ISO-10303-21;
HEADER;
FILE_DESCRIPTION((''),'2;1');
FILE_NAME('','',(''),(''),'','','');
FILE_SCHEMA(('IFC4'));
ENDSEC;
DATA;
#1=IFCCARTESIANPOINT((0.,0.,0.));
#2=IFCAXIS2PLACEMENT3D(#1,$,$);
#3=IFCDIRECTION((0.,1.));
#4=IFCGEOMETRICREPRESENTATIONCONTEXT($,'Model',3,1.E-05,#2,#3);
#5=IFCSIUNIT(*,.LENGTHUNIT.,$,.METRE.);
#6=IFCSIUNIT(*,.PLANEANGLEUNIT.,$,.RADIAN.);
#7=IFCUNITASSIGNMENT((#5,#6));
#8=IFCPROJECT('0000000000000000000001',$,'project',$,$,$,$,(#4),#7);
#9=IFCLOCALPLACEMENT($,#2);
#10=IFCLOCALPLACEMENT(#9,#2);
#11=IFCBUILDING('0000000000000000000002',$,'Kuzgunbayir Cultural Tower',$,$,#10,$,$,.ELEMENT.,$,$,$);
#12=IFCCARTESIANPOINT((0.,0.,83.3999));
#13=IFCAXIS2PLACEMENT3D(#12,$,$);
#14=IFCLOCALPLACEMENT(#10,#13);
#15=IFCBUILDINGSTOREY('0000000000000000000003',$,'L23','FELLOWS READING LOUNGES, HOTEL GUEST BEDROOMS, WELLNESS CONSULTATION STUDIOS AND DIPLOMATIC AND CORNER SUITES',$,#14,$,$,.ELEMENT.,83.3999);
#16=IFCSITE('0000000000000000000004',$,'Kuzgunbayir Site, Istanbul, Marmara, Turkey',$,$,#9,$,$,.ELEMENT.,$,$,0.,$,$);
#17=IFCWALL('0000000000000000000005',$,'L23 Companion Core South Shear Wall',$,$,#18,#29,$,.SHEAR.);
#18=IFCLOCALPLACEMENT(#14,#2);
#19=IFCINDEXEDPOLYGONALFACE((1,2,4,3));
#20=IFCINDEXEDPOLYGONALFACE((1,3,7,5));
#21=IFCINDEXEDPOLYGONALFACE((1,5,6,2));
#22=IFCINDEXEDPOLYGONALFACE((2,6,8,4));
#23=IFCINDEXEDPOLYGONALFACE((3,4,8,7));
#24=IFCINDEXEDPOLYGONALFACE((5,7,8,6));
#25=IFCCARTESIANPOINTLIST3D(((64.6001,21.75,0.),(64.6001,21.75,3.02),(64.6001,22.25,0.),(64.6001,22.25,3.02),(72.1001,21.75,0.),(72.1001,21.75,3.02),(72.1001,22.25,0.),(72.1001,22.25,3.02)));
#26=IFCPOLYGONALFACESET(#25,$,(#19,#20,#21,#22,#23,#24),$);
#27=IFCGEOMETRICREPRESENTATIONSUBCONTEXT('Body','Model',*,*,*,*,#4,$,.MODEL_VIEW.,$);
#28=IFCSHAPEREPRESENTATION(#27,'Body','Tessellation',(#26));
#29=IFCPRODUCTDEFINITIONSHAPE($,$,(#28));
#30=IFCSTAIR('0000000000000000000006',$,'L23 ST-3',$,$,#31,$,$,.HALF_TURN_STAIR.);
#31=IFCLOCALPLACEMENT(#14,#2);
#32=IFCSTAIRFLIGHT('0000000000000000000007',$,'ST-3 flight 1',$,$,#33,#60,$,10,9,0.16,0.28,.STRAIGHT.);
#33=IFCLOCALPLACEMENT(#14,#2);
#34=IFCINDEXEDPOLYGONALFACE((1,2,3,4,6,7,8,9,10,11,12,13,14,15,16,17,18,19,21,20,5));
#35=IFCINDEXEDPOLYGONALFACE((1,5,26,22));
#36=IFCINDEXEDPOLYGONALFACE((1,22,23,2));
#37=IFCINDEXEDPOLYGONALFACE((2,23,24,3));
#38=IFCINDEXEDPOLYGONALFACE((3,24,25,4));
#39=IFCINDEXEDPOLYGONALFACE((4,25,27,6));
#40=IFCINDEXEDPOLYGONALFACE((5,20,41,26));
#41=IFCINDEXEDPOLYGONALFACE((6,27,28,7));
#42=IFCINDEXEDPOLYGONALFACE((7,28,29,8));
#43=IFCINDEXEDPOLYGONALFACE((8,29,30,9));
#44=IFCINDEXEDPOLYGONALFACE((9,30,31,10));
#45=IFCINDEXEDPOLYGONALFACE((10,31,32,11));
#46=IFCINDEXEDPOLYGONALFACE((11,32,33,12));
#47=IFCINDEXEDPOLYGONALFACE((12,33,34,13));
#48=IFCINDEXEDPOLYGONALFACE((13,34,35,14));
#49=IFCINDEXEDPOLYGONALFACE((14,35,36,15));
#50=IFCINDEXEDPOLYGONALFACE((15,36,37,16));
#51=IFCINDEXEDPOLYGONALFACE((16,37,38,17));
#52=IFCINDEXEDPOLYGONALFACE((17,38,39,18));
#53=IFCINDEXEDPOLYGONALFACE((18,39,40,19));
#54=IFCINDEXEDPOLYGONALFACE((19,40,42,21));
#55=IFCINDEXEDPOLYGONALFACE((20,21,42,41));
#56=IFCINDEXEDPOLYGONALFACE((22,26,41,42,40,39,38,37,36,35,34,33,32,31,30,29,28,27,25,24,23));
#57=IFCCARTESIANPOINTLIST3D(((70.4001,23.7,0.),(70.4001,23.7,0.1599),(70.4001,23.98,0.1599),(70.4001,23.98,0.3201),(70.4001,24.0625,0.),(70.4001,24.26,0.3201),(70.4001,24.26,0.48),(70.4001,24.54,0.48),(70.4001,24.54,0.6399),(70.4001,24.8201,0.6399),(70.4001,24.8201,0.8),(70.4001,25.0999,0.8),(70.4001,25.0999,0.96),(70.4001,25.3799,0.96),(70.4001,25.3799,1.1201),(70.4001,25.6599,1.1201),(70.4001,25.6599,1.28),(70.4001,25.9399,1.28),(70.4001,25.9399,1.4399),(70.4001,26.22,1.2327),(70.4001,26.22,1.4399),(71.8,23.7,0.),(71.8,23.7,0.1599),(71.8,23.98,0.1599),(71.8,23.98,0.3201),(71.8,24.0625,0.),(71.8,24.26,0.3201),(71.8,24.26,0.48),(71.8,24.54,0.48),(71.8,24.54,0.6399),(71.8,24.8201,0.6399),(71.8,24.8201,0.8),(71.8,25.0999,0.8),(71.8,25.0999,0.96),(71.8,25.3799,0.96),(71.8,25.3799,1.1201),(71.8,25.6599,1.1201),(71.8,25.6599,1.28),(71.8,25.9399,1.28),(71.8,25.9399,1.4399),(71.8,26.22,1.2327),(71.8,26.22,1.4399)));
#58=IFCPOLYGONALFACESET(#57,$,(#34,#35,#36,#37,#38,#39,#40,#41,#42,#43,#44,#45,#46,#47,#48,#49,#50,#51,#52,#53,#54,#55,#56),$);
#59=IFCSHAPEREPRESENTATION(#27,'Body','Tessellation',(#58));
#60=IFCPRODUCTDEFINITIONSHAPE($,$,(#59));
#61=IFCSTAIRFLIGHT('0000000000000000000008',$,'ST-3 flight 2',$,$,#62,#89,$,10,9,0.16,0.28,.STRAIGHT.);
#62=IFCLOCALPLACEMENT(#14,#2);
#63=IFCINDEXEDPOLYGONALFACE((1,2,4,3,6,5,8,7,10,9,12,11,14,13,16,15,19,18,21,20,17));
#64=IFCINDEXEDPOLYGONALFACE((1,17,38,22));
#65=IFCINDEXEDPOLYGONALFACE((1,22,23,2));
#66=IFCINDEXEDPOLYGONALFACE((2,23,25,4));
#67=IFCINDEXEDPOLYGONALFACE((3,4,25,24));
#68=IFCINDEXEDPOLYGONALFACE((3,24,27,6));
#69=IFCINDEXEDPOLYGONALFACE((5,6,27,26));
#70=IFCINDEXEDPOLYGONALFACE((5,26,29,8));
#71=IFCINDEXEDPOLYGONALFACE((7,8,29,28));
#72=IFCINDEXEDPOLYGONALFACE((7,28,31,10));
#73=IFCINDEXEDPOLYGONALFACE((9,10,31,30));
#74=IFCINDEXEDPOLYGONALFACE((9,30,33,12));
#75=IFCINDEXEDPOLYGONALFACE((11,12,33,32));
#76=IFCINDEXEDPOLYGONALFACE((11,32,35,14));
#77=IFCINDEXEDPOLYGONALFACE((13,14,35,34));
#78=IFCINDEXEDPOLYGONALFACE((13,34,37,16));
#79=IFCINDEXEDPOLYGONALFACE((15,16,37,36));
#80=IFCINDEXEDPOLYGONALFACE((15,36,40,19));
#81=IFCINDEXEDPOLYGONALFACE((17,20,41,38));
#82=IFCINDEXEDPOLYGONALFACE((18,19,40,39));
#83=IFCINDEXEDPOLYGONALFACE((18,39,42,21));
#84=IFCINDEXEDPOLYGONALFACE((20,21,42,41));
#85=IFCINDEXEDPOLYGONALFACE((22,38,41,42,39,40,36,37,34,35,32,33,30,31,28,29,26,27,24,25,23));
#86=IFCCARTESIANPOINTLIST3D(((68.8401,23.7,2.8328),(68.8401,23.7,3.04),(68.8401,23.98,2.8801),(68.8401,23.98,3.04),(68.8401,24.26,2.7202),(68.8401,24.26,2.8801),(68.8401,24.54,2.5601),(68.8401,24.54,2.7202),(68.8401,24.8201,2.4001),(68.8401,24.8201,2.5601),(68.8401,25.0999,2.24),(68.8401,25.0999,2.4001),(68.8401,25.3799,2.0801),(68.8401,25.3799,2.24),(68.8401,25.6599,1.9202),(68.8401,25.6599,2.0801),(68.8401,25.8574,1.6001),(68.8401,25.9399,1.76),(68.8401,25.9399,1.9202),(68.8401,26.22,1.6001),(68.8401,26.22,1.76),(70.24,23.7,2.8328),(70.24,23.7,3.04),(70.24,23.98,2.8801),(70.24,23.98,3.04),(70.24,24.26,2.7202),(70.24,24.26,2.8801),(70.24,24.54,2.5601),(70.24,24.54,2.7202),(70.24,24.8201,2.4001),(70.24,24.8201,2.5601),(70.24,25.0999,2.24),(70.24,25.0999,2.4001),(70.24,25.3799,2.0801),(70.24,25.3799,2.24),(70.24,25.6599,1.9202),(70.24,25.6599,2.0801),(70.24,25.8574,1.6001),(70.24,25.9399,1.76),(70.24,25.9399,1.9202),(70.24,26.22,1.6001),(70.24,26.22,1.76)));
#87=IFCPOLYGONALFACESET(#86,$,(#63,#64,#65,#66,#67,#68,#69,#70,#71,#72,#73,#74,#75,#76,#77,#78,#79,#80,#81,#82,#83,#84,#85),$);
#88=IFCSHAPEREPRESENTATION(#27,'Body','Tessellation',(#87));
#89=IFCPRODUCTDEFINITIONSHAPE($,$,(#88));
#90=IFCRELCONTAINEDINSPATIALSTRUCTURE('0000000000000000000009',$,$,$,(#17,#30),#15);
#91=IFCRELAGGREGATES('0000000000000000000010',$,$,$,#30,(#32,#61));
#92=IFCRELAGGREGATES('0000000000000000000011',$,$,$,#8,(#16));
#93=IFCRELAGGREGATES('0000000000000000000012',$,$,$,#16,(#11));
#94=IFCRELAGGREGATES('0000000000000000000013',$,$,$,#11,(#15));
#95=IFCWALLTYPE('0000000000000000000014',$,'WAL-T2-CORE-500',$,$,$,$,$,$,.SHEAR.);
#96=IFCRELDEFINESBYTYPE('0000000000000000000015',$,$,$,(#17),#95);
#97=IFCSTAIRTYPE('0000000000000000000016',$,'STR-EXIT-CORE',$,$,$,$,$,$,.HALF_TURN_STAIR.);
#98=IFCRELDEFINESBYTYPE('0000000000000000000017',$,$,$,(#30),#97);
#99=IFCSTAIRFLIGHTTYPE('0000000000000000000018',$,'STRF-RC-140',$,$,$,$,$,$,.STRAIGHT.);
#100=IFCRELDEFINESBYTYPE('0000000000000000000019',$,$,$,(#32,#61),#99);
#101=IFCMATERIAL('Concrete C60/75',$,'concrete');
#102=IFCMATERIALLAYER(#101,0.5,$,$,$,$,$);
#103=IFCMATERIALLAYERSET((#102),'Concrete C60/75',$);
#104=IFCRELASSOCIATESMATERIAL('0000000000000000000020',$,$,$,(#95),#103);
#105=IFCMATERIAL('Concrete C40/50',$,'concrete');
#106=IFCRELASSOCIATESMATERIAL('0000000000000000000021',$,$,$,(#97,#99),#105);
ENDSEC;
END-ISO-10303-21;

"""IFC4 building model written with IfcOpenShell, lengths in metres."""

from ifc_helpers import new_model, si_unit, direction, frame, frame_2d, origin, place, context, subcontext, project, spatial, polyline, rectangle, outline, extrude, material, layer, layer_set, type_object, element, aggregate, save


model = new_model("IFC4")

# Units and contexts
model_context = context("Model", 3, precision=1e-05, world=origin(), true_north=direction((0.0, 1.0)))
body_context = subcontext(model_context, "Body", "Model", "MODEL_VIEW")
ifc_project = project(units=[si_unit("LENGTHUNIT", "METRE"), si_unit("PLANEANGLEUNIT", "RADIAN")], contexts=[model_context])

# Site, building, storey
site_placement = place(None, origin())
site = spatial("IfcSite", under=ifc_project, at=site_placement, Name="Kuzgunbayir Site, Istanbul, Marmara, Turkey", CompositionType="ELEMENT", RefElevation=0.0)
building_placement = place(site_placement, origin())
building = spatial("IfcBuilding", under=site, at=building_placement, Name="Kuzgunbayir Cultural Tower", CompositionType="ELEMENT")
storey_placement = place(building_placement, frame((0.0, 0.0, 83.3999)))
storey = spatial("IfcBuildingStorey", under=building, at=storey_placement, Name="L23", Description="FELLOWS READING LOUNGES, HOTEL GUEST BEDROOMS, WELLNESS CONSULTATION STUDIOS AND DIPLOMATIC AND CORNER SUITES", CompositionType="ELEMENT", Elevation=83.3999)

# Shared definitions
ifc_material_1 = material(Name="Concrete C60/75", Category="concrete")

# Shared definitions
ifc_material_2 = material(Name="Concrete C40/50", Category="concrete")

# Wall
ifc_layer_1 = layer(ifc_material_1, 0.5)
ifc_layer_set_1 = layer_set([ifc_layer_1], Name="Concrete C60/75")
wall_type_1 = type_object("IfcWallType", Name="WAL-T2-CORE-500", PredefinedType="SHEAR", material=ifc_layer_set_1)
wall_1_placement = place(storey_placement, frame((64.6001, 22.0, 0.0), z_axis=(0.0, 0.0, 1.0), x_axis=(1.0, 0.0, 0.0)))
element("IfcWall", 1, at=wall_1_placement, inside=storey, type_object=wall_type_1, Name="L23 Companion Core South Shear Wall", PredefinedType="SHEAR", context=body_context, shape_type="SweptSolid", body=[
    extrude(rectangle(XDim=7.5, YDim=0.5, at=frame_2d((3.75, 0.0))), origin(), (0.0, 0.0, 1.0), 3.02),
])

# Stair, stair flights
stair_type = type_object("IfcStairType", Name="STR-EXIT-CORE", PredefinedType="HALF_TURN_STAIR", material=ifc_material_2)
stair_placement = place(storey_placement, origin())
stair = element("IfcStair", 2, at=stair_placement, inside=storey, type_object=stair_type, Name="L23 ST-3", PredefinedType="HALF_TURN_STAIR")
stair_flight_type = type_object("IfcStairFlightType", Name="STRF-RC-140", PredefinedType="STRAIGHT", material=ifc_material_2)
stair_flight_1_placement = place(storey_placement, frame((71.1001, 23.7, 0.0), z_axis=(0.0, 0.0, 1.0), x_axis=(0.0, 1.0, 0.0)))
stair_flight_1 = element("IfcStairFlight", 3, at=stair_flight_1_placement, type_object=stair_flight_type, Name="ST-3 flight 1", NumberOfRisers=10, NumberOfTreads=9, PredefinedType="STRAIGHT", RiserHeight=0.16, TreadLength=0.28, context=body_context, shape_type="SweptSolid", body=[
    extrude(outline(polyline([(0.0, 0.0), (0.0, 0.1599), (0.28, 0.1599), (0.28, 0.3201), (0.5601, 0.3201), (0.5601, 0.48), (0.8401, 0.48), (0.8401, 0.6399), (1.1201, 0.6399), (1.1201, 0.8), (1.3999, 0.8), (1.3999, 0.96), (1.6799, 0.96), (1.6799, 1.1201), (1.96, 1.1201), (1.96, 1.28), (2.24, 1.28), (2.24, 1.4399), (2.52, 1.4399), (2.52, 1.6001), (2.52, 1.2327), (0.3625, 0.0), (0.0, 0.0)])), frame((0.0, 0.7, 0.0), z_axis=(0.0, -1.0, 0.0), x_axis=(1.0, 0.0, 0.0)), (0.0, 0.0, 1.0), 1.3999),
])
stair_flight_2_placement = place(storey_placement, frame((69.54, 26.22, 1.6001), z_axis=(0.0, 0.0, 1.0), x_axis=(0.0, -1.0, 0.0)))
stair_flight_2 = element("IfcStairFlight", 4, at=stair_flight_2_placement, type_object=stair_flight_type, Name="ST-3 flight 2", NumberOfRisers=10, NumberOfTreads=9, PredefinedType="STRAIGHT", RiserHeight=0.16, TreadLength=0.28, context=body_context, shape_type="SweptSolid", body=[
    extrude(outline(polyline([(0.0, 0.0), (0.0, 0.1599), (0.28, 0.1599), (0.28, 0.3201), (0.5601, 0.3201), (0.5601, 0.48), (0.8401, 0.48), (0.8401, 0.6399), (1.1201, 0.6399), (1.1201, 0.8), (1.3999, 0.8), (1.3999, 0.96), (1.6799, 0.96), (1.6799, 1.1201), (1.96, 1.1201), (1.96, 1.28), (2.24, 1.28), (2.24, 1.4399), (2.52, 1.4399), (2.52, 1.6001), (2.52, 1.2327), (0.3625, 0.0), (0.0, 0.0)])), frame((0.0, 0.7, 0.0), z_axis=(0.0, -1.0, 0.0), x_axis=(1.0, 0.0, 0.0)), (0.0, 0.0, 1.0), 1.3999),
])
aggregate(stair, [stair_flight_1, stair_flight_2])

save(model, "model.ifc")
